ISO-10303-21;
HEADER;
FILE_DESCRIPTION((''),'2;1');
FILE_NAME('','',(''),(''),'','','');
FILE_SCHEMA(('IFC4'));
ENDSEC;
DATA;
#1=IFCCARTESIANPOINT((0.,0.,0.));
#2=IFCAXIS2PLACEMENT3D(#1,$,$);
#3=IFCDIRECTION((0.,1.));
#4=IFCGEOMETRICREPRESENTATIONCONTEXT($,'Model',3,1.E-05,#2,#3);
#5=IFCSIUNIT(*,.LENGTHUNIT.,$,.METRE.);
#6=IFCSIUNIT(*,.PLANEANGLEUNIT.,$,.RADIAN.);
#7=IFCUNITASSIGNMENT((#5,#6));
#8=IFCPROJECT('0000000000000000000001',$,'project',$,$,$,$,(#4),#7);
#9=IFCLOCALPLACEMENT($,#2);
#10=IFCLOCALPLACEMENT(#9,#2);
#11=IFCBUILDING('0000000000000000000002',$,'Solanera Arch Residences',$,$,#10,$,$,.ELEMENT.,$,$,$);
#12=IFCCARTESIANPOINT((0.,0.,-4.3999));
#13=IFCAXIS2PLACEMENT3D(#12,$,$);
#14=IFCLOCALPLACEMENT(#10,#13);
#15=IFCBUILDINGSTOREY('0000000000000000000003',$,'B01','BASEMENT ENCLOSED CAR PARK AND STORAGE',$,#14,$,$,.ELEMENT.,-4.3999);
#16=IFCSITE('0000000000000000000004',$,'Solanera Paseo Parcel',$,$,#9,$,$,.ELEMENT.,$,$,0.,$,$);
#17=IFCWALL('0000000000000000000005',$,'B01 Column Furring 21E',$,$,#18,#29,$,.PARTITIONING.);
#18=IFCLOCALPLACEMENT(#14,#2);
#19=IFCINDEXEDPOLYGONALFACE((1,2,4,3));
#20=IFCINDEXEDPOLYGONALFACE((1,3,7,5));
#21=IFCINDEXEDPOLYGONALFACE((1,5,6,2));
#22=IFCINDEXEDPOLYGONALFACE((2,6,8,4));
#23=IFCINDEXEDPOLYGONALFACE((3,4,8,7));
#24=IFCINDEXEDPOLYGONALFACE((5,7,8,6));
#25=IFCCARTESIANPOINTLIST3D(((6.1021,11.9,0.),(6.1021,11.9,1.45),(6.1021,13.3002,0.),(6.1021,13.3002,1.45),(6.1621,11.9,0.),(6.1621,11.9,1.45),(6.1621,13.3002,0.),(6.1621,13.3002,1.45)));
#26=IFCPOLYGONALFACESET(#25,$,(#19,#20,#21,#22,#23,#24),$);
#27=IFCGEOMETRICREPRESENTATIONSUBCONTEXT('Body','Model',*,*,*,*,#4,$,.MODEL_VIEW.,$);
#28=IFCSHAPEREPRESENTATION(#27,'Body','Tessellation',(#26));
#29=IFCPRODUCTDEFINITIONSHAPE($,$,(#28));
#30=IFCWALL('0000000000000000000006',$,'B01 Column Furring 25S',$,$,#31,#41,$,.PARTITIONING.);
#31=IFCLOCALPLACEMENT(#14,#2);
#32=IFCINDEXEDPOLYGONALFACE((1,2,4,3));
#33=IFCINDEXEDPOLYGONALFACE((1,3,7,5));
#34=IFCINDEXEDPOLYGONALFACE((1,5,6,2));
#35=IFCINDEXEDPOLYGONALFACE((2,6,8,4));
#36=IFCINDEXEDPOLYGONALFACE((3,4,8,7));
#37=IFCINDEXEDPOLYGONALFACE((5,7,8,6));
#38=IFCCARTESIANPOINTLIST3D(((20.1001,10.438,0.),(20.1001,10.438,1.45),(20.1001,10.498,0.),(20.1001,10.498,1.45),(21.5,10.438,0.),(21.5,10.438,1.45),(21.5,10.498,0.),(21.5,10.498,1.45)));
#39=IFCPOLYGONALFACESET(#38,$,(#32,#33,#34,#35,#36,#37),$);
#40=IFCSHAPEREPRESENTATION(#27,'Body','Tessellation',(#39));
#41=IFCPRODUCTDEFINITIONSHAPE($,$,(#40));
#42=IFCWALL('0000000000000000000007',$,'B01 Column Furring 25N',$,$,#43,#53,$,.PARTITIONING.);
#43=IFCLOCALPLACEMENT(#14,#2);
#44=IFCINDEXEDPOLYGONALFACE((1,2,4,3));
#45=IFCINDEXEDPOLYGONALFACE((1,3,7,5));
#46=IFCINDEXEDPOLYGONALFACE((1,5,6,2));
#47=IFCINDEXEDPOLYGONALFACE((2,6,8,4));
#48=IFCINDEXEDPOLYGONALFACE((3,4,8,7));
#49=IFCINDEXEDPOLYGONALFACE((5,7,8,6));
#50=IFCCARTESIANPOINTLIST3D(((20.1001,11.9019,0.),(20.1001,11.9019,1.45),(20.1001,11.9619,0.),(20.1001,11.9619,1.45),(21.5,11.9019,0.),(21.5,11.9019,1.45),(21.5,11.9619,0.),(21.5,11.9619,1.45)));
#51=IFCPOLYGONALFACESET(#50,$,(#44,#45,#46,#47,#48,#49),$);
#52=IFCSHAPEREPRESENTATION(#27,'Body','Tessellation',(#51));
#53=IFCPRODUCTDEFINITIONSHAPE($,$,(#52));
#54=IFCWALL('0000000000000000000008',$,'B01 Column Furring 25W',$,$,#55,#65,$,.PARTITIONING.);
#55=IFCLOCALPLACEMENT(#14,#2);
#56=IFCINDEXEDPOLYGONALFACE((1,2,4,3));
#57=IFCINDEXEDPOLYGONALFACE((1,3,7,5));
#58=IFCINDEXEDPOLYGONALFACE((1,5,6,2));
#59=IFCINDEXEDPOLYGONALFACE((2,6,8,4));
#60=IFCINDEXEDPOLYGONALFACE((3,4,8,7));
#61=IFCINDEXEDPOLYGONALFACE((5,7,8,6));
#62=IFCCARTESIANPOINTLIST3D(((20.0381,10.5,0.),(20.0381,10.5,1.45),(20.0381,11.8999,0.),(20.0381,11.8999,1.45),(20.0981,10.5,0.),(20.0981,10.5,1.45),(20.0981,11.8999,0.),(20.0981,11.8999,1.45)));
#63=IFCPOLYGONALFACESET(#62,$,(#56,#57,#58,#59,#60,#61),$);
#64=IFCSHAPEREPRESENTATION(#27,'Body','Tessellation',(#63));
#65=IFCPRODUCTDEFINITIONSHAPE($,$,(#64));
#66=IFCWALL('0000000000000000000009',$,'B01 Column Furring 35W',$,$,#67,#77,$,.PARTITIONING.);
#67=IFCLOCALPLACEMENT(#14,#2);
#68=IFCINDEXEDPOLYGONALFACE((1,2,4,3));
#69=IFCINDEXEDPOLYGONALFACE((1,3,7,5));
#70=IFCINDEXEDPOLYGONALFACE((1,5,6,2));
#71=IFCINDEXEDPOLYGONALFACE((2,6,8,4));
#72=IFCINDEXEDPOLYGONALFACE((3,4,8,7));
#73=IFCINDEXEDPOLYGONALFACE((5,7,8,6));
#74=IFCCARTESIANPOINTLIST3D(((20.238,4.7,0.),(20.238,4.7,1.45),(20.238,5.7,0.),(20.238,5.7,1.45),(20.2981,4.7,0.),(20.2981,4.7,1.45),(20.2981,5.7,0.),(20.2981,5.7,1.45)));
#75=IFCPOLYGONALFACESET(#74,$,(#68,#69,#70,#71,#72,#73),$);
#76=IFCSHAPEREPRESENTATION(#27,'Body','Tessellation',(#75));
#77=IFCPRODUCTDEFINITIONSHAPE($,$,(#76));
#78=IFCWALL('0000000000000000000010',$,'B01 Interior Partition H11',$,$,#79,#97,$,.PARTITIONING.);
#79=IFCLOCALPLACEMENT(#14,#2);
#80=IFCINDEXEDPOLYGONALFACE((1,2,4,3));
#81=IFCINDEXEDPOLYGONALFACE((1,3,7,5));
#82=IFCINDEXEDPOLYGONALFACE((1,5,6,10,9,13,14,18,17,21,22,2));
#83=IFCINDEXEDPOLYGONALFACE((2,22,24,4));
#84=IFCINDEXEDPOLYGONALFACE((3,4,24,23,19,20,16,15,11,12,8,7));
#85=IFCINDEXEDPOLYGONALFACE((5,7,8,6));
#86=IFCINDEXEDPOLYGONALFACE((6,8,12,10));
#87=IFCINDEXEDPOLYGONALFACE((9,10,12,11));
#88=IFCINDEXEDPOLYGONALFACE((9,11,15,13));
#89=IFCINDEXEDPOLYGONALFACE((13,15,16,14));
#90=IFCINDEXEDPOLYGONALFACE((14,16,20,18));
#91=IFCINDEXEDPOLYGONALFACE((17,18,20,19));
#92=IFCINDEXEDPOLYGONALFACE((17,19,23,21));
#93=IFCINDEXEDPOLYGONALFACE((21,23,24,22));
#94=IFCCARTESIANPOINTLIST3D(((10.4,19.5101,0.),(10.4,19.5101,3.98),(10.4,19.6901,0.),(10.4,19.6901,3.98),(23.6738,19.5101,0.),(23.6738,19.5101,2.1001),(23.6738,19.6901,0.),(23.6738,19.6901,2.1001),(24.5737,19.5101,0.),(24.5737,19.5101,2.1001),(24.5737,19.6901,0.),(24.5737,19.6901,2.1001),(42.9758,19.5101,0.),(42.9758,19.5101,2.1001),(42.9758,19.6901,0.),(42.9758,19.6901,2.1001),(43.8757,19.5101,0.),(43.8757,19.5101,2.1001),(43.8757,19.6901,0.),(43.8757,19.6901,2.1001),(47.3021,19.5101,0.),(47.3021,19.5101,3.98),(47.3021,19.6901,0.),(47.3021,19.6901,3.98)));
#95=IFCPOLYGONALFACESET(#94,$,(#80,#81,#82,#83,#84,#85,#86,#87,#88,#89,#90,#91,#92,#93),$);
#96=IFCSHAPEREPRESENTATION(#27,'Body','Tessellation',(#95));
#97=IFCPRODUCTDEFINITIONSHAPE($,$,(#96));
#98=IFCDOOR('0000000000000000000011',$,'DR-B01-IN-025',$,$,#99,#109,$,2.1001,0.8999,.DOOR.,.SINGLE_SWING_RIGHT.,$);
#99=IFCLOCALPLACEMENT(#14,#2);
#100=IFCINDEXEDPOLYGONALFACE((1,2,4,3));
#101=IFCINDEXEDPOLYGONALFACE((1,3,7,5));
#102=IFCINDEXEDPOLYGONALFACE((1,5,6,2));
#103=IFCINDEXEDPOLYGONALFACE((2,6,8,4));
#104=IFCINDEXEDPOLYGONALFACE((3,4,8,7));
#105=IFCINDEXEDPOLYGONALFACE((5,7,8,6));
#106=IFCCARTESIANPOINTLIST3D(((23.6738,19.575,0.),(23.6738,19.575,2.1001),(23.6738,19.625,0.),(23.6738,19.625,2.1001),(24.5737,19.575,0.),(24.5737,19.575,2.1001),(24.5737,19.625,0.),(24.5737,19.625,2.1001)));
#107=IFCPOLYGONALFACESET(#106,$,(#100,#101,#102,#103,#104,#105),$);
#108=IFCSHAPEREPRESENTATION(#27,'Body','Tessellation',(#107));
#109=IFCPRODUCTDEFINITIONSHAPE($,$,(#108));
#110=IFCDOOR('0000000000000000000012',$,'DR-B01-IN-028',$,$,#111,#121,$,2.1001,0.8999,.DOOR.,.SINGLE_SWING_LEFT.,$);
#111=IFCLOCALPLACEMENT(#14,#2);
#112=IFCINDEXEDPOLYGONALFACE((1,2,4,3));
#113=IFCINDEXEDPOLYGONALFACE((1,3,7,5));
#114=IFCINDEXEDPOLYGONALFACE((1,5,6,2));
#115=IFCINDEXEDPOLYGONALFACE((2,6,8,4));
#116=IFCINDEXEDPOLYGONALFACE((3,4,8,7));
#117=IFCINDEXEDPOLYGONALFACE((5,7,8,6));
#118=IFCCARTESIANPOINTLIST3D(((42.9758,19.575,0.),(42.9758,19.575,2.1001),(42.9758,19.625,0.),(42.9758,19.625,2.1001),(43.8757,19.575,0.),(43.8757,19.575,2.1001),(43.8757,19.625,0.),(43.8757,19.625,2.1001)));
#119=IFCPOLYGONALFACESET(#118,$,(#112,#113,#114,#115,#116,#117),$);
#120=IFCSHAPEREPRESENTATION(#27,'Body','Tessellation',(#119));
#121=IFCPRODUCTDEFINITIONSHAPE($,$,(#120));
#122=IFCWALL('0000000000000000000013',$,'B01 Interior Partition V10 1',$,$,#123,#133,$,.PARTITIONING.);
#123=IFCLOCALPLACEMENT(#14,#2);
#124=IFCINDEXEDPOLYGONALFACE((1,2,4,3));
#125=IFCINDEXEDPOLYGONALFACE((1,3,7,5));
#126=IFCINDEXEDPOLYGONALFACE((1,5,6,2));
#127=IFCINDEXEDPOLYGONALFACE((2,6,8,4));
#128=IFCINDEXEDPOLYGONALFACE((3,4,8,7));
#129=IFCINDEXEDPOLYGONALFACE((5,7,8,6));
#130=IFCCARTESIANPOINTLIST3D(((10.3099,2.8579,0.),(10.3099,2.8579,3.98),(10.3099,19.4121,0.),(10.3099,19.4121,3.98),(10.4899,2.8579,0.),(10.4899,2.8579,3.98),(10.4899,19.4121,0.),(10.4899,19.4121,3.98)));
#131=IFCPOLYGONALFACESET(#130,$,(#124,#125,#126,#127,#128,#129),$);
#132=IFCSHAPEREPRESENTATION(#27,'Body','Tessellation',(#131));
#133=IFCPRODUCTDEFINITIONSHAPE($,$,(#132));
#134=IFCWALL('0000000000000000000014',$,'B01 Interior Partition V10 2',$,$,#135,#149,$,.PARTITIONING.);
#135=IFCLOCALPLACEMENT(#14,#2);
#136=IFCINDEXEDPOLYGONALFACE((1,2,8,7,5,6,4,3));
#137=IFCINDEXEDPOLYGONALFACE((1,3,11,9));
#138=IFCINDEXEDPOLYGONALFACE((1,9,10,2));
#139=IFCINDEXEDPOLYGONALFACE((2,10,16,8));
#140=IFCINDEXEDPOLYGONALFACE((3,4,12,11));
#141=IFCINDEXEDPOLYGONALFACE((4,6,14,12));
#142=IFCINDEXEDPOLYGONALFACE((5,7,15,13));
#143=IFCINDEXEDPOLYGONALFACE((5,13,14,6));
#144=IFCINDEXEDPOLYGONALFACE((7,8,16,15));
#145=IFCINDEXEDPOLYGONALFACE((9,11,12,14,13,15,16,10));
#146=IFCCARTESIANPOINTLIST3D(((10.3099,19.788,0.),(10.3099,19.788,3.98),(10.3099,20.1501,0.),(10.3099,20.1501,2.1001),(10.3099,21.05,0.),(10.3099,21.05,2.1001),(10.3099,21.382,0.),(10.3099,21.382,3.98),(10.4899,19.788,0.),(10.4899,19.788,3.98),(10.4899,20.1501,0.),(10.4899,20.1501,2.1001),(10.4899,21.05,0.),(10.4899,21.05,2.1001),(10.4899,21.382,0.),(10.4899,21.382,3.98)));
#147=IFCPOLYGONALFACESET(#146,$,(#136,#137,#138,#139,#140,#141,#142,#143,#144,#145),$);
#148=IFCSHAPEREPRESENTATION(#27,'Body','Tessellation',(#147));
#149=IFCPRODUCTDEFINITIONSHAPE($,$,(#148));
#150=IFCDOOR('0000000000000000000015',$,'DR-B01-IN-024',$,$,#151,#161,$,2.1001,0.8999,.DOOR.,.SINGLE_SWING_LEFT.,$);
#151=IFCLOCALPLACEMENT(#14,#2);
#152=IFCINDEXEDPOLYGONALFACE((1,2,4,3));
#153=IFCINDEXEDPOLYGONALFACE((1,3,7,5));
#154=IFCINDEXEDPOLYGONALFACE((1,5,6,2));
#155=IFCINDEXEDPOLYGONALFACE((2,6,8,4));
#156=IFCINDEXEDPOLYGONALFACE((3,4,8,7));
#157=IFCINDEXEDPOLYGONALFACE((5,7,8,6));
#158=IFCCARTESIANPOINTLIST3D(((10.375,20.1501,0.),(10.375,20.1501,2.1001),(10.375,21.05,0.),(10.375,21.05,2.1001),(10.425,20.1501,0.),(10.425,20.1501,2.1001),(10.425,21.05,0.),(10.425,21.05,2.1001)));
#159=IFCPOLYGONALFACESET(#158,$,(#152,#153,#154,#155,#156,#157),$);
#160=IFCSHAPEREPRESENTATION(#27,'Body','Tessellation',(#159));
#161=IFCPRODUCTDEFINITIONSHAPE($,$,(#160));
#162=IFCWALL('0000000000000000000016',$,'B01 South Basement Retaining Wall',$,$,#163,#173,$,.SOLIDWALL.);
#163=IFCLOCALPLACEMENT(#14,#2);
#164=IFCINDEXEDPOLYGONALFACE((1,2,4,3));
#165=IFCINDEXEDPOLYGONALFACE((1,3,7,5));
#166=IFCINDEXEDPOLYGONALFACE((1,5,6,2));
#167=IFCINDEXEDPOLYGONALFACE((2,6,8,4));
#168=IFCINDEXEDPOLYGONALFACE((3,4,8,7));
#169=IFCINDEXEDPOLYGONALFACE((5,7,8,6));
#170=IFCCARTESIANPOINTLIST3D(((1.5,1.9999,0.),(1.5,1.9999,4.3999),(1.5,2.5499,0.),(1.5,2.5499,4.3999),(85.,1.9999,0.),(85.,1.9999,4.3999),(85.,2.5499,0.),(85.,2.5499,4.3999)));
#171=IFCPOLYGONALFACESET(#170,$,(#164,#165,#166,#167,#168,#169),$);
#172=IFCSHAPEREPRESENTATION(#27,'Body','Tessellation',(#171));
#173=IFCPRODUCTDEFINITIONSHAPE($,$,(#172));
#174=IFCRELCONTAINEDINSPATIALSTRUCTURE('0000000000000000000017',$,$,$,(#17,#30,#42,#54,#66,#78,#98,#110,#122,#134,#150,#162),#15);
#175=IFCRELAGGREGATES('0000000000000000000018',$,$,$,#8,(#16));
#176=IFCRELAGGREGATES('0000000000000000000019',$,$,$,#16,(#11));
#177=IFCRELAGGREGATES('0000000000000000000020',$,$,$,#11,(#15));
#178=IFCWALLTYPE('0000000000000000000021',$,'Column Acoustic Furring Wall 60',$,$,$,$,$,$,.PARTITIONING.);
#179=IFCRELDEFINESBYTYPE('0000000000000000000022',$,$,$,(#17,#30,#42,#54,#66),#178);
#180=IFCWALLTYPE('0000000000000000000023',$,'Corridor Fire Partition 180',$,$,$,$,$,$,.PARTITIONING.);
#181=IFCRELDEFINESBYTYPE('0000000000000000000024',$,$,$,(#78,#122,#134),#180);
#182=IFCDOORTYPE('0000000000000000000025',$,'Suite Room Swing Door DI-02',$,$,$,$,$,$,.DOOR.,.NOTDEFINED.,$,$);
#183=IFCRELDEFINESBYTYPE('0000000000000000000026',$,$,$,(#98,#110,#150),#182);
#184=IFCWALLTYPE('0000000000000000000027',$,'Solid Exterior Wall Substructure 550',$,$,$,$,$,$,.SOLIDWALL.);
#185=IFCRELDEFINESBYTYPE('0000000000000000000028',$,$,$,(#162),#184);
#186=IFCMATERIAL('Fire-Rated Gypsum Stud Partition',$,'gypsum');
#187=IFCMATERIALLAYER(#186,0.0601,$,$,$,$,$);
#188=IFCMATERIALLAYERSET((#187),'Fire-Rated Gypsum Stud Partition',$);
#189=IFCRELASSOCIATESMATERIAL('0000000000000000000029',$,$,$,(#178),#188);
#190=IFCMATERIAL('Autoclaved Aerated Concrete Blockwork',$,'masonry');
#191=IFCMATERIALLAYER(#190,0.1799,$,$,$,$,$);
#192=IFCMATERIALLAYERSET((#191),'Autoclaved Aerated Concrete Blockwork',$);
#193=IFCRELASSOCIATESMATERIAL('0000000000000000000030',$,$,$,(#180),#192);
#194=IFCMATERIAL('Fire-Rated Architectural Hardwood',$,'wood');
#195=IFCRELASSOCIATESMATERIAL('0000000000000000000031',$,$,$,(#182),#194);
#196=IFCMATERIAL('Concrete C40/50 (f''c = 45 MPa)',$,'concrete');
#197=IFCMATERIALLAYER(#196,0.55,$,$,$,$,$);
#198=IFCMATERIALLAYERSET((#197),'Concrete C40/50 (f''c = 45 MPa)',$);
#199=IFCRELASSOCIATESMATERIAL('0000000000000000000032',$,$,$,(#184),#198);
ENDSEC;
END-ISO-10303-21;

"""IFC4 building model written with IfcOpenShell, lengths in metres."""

from ifc_helpers import new_model, si_unit, direction, frame, frame_2d, origin, place, context, subcontext, project, spatial, rectangle, extrude, material, layer, layer_set, type_object, element, fill, save


model = new_model("IFC4")

# Units and contexts
model_context = context("Model", 3, precision=1e-05, world=origin(), true_north=direction((0.0, 1.0)))
body_context = subcontext(model_context, "Body", "Model", "MODEL_VIEW")
ifc_project = project(units=[si_unit("LENGTHUNIT", "METRE"), si_unit("PLANEANGLEUNIT", "RADIAN")], contexts=[model_context])

# Site, building, storey
site_placement = place(None, origin())
site = spatial("IfcSite", under=ifc_project, at=site_placement, Name="Solanera Paseo Parcel", CompositionType="ELEMENT", RefElevation=0.0)
building_placement = place(site_placement, origin())
building = spatial("IfcBuilding", under=site, at=building_placement, Name="Solanera Arch Residences", CompositionType="ELEMENT")
storey_placement = place(building_placement, frame((0.0, 0.0, -4.3999)))
storey = spatial("IfcBuildingStorey", under=building, at=storey_placement, Name="B01", Description="BASEMENT ENCLOSED CAR PARK AND STORAGE", CompositionType="ELEMENT", Elevation=-4.3999)

# Walls
ifc_material_1 = material(Name="Fire-Rated Gypsum Stud Partition", Category="gypsum")
ifc_layer_1 = layer(ifc_material_1, 0.0601)
ifc_layer_set_1 = layer_set([ifc_layer_1], Name="Fire-Rated Gypsum Stud Partition")
wall_type_1 = type_object("IfcWallType", Name="Column Acoustic Furring Wall 60", PredefinedType="PARTITIONING", material=ifc_layer_set_1)
for number, where, z_axis, x_axis, name in (
    (1, (6.1321, 11.8999, 0.0), (0.0, 0.0, 1.0), (0.0, 1.0, 0.0), "B01 Column Furring 21E"),
):
    element("IfcWall", number, at=place(storey_placement, frame(where, z_axis=z_axis, x_axis=x_axis)), inside=storey, type_object=wall_type_1, Name=name, PredefinedType="PARTITIONING", context=body_context, shape_type="SweptSolid", body=[
        extrude(rectangle(XDim=1.4001, YDim=0.0601, at=frame_2d((0.7002, 0.0))), origin(), (0.0, 0.0, 1.0), 1.45),
    ])
for number, where, z_axis, x_axis, name in (
    (2, (20.1001, 10.468, 0.0), (0.0, 0.0, 1.0), (1.0, 0.0, 0.0), "B01 Column Furring 25S"),
    (3, (20.1001, 11.9319, 0.0), (0.0, 0.0, 1.0), (1.0, 0.0, 0.0), "B01 Column Furring 25N"),
    (4, (20.0681, 10.5, 0.0), (0.0, 0.0, 1.0), (0.0, 1.0, 0.0), "B01 Column Furring 25W"),
):
    element("IfcWall", number, at=place(storey_placement, frame(where, z_axis=z_axis, x_axis=x_axis)), inside=storey, type_object=wall_type_1, Name=name, PredefinedType="PARTITIONING", context=body_context, shape_type="SweptSolid", body=[
        extrude(rectangle(XDim=1.3999, YDim=0.0601, at=frame_2d((0.7, 0.0))), origin(), (0.0, 0.0, 1.0), 1.45),
    ])
wall_1_placement = place(storey_placement, frame((20.2681, 4.7, 0.0), z_axis=(0.0, 0.0, 1.0), x_axis=(0.0, 1.0, 0.0)))
element("IfcWall", 5, at=wall_1_placement, inside=storey, type_object=wall_type_1, Name="B01 Column Furring 35W", PredefinedType="PARTITIONING", context=body_context, shape_type="SweptSolid", body=[
    extrude(rectangle(XDim=1.0, YDim=0.0601, at=frame_2d((0.5, 0.0))), origin(), (0.0, 0.0, 1.0), 1.45),
])

# Wall, openings, doors
ifc_material_2 = material(Name="Autoclaved Aerated Concrete Blockwork", Category="masonry")
ifc_layer_2 = layer(ifc_material_2, 0.1799)
ifc_layer_set_2 = layer_set([ifc_layer_2], Name="Autoclaved Aerated Concrete Blockwork")
wall_type_2 = type_object("IfcWallType", Name="Corridor Fire Partition 180", PredefinedType="PARTITIONING", material=ifc_layer_set_2)
wall_2_placement = place(storey_placement, frame((10.3999, 19.6001, 0.0), z_axis=(0.0, 0.0, 1.0), x_axis=(1.0, 0.0, 0.0)))
wall_2 = element("IfcWall", 6, at=wall_2_placement, inside=storey, type_object=wall_type_2, Name="B01 Interior Partition H11", PredefinedType="PARTITIONING", context=body_context, shape_type="SweptSolid", body=[
    extrude(rectangle(XDim=36.9021, YDim=0.1799, at=frame_2d((18.4512, 0.0))), origin(), (0.0, 0.0, 1.0), 3.98),
])
opening_1_placement = place(wall_2_placement, frame((13.2739, 0.0, 0.0)))
opening_1 = element("IfcOpeningElement", 7, at=opening_1_placement, cuts=wall_2, PredefinedType="OPENING", context=body_context, shape_type="SweptSolid", body=[
    extrude(rectangle(XDim=0.8999, YDim=2.1001, at=frame_2d((0.45, 1.05))), frame((0.0, 0.1001, 0.0), z_axis=(0.0, -1.0, 0.0), x_axis=(1.0, 0.0, 0.0)), (0.0, 0.0, 1.0), 0.1999),
])
opening_2_placement = place(wall_2_placement, frame((32.5759, 0.0, 0.0)))
opening_2 = element("IfcOpeningElement", 8, at=opening_2_placement, cuts=wall_2, PredefinedType="OPENING", context=body_context, shape_type="SweptSolid", body=[
    extrude(rectangle(XDim=0.8999, YDim=2.1001, at=frame_2d((0.45, 1.05))), frame((0.0, 0.1001, 0.0), z_axis=(0.0, -1.0, 0.0), x_axis=(1.0, 0.0, 0.0)), (0.0, 0.0, 1.0), 0.1999),
])
ifc_material_3 = material(Name="Fire-Rated Architectural Hardwood", Category="wood")
door_type = type_object("IfcDoorType", Name="Suite Room Swing Door DI-02", OperationType="NOTDEFINED", PredefinedType="DOOR", material=ifc_material_3)
door_1_placement = place(opening_1_placement, origin())
door_1 = element("IfcDoor", 9, at=door_1_placement, inside=storey, type_object=door_type, Name="DR-B01-IN-025", OperationType="SINGLE_SWING_RIGHT", OverallHeight=2.1001, OverallWidth=0.8999, PredefinedType="DOOR", context=body_context, shape_type="SweptSolid", body=[
    extrude(rectangle(XDim=0.8999, YDim=2.1001, at=frame_2d((0.45, 1.05))), frame((0.0, 0.0249, 0.0), z_axis=(0.0, -1.0, 0.0), x_axis=(1.0, 0.0, 0.0)), (0.0, 0.0, 1.0), 0.05),
])
fill(opening_1, door_1)
door_2_placement = place(opening_2_placement, origin())
door_2 = element("IfcDoor", 10, at=door_2_placement, inside=storey, type_object=door_type, Name="DR-B01-IN-028", OperationType="SINGLE_SWING_LEFT", OverallHeight=2.1001, OverallWidth=0.8999, PredefinedType="DOOR", context=body_context, shape_type="SweptSolid", body=[
    extrude(rectangle(XDim=0.8999, YDim=2.1001, at=frame_2d((0.45, 1.05))), frame((0.0, 0.0249, 0.0), z_axis=(0.0, -1.0, 0.0), x_axis=(1.0, 0.0, 0.0)), (0.0, 0.0, 1.0), 0.05),
])
fill(opening_2, door_2)

# Wall
wall_3_placement = place(storey_placement, frame((10.3999, 2.8579, 0.0), z_axis=(0.0, 0.0, 1.0), x_axis=(0.0, 1.0, 0.0)))
element("IfcWall", 11, at=wall_3_placement, inside=storey, type_object=wall_type_2, Name="B01 Interior Partition V10 1", PredefinedType="PARTITIONING", context=body_context, shape_type="SweptSolid", body=[
    extrude(rectangle(XDim=16.5542, YDim=0.1799, at=frame_2d((8.2771, 0.0))), origin(), (0.0, 0.0, 1.0), 3.98),
])

# Wall, opening, door
wall_4_placement = place(storey_placement, frame((10.3999, 19.7881, 0.0), z_axis=(0.0, 0.0, 1.0), x_axis=(0.0, 1.0, 0.0)))
wall_4 = element("IfcWall", 12, at=wall_4_placement, inside=storey, type_object=wall_type_2, Name="B01 Interior Partition V10 2", PredefinedType="PARTITIONING", context=body_context, shape_type="SweptSolid", body=[
    extrude(rectangle(XDim=1.594, YDim=0.1799, at=frame_2d((0.7969, 0.0))), origin(), (0.0, 0.0, 1.0), 3.98),
])
opening_3_placement = place(wall_4_placement, frame((0.3621, 0.0, 0.0)))
opening_3 = element("IfcOpeningElement", 13, at=opening_3_placement, cuts=wall_4, PredefinedType="OPENING", context=body_context, shape_type="SweptSolid", body=[
    extrude(rectangle(XDim=0.8999, YDim=2.1001, at=frame_2d((0.45, 1.05))), frame((0.0, 0.1001, 0.0), z_axis=(0.0, -1.0, 0.0), x_axis=(1.0, 0.0, 0.0)), (0.0, 0.0, 1.0), 0.1999),
])
door_3_placement = place(opening_3_placement, origin())
door_3 = element("IfcDoor", 14, at=door_3_placement, inside=storey, type_object=door_type, Name="DR-B01-IN-024", OperationType="SINGLE_SWING_LEFT", OverallHeight=2.1001, OverallWidth=0.8999, PredefinedType="DOOR", context=body_context, shape_type="SweptSolid", body=[
    extrude(rectangle(XDim=0.8999, YDim=2.1001, at=frame_2d((0.45, 1.05))), frame((0.0, 0.0249, 0.0), z_axis=(0.0, -1.0, 0.0), x_axis=(1.0, 0.0, 0.0)), (0.0, 0.0, 1.0), 0.05),
])
fill(opening_3, door_3)

# Wall
ifc_material_4 = material(Name="Concrete C40/50 (f'c = 45 MPa)", Category="concrete")
ifc_layer_3 = layer(ifc_material_4, 0.55)
ifc_layer_set_3 = layer_set([ifc_layer_3], Name="Concrete C40/50 (f'c = 45 MPa)")
wall_type_3 = type_object("IfcWallType", Name="Solid Exterior Wall Substructure 550", PredefinedType="SOLIDWALL", material=ifc_layer_set_3)
wall_5_placement = place(storey_placement, frame((1.5, 2.2749, 0.0), z_axis=(0.0, 0.0, 1.0), x_axis=(1.0, 0.0, 0.0)))
element("IfcWall", 15, at=wall_5_placement, inside=storey, type_object=wall_type_3, Name="B01 South Basement Retaining Wall", PredefinedType="SOLIDWALL", context=body_context, shape_type="SweptSolid", body=[
    extrude(rectangle(XDim=83.5, YDim=0.55, at=frame_2d((41.75, 0.0))), origin(), (0.0, 0.0, 1.0), 4.3999),
])

save(model, "model.ifc")
